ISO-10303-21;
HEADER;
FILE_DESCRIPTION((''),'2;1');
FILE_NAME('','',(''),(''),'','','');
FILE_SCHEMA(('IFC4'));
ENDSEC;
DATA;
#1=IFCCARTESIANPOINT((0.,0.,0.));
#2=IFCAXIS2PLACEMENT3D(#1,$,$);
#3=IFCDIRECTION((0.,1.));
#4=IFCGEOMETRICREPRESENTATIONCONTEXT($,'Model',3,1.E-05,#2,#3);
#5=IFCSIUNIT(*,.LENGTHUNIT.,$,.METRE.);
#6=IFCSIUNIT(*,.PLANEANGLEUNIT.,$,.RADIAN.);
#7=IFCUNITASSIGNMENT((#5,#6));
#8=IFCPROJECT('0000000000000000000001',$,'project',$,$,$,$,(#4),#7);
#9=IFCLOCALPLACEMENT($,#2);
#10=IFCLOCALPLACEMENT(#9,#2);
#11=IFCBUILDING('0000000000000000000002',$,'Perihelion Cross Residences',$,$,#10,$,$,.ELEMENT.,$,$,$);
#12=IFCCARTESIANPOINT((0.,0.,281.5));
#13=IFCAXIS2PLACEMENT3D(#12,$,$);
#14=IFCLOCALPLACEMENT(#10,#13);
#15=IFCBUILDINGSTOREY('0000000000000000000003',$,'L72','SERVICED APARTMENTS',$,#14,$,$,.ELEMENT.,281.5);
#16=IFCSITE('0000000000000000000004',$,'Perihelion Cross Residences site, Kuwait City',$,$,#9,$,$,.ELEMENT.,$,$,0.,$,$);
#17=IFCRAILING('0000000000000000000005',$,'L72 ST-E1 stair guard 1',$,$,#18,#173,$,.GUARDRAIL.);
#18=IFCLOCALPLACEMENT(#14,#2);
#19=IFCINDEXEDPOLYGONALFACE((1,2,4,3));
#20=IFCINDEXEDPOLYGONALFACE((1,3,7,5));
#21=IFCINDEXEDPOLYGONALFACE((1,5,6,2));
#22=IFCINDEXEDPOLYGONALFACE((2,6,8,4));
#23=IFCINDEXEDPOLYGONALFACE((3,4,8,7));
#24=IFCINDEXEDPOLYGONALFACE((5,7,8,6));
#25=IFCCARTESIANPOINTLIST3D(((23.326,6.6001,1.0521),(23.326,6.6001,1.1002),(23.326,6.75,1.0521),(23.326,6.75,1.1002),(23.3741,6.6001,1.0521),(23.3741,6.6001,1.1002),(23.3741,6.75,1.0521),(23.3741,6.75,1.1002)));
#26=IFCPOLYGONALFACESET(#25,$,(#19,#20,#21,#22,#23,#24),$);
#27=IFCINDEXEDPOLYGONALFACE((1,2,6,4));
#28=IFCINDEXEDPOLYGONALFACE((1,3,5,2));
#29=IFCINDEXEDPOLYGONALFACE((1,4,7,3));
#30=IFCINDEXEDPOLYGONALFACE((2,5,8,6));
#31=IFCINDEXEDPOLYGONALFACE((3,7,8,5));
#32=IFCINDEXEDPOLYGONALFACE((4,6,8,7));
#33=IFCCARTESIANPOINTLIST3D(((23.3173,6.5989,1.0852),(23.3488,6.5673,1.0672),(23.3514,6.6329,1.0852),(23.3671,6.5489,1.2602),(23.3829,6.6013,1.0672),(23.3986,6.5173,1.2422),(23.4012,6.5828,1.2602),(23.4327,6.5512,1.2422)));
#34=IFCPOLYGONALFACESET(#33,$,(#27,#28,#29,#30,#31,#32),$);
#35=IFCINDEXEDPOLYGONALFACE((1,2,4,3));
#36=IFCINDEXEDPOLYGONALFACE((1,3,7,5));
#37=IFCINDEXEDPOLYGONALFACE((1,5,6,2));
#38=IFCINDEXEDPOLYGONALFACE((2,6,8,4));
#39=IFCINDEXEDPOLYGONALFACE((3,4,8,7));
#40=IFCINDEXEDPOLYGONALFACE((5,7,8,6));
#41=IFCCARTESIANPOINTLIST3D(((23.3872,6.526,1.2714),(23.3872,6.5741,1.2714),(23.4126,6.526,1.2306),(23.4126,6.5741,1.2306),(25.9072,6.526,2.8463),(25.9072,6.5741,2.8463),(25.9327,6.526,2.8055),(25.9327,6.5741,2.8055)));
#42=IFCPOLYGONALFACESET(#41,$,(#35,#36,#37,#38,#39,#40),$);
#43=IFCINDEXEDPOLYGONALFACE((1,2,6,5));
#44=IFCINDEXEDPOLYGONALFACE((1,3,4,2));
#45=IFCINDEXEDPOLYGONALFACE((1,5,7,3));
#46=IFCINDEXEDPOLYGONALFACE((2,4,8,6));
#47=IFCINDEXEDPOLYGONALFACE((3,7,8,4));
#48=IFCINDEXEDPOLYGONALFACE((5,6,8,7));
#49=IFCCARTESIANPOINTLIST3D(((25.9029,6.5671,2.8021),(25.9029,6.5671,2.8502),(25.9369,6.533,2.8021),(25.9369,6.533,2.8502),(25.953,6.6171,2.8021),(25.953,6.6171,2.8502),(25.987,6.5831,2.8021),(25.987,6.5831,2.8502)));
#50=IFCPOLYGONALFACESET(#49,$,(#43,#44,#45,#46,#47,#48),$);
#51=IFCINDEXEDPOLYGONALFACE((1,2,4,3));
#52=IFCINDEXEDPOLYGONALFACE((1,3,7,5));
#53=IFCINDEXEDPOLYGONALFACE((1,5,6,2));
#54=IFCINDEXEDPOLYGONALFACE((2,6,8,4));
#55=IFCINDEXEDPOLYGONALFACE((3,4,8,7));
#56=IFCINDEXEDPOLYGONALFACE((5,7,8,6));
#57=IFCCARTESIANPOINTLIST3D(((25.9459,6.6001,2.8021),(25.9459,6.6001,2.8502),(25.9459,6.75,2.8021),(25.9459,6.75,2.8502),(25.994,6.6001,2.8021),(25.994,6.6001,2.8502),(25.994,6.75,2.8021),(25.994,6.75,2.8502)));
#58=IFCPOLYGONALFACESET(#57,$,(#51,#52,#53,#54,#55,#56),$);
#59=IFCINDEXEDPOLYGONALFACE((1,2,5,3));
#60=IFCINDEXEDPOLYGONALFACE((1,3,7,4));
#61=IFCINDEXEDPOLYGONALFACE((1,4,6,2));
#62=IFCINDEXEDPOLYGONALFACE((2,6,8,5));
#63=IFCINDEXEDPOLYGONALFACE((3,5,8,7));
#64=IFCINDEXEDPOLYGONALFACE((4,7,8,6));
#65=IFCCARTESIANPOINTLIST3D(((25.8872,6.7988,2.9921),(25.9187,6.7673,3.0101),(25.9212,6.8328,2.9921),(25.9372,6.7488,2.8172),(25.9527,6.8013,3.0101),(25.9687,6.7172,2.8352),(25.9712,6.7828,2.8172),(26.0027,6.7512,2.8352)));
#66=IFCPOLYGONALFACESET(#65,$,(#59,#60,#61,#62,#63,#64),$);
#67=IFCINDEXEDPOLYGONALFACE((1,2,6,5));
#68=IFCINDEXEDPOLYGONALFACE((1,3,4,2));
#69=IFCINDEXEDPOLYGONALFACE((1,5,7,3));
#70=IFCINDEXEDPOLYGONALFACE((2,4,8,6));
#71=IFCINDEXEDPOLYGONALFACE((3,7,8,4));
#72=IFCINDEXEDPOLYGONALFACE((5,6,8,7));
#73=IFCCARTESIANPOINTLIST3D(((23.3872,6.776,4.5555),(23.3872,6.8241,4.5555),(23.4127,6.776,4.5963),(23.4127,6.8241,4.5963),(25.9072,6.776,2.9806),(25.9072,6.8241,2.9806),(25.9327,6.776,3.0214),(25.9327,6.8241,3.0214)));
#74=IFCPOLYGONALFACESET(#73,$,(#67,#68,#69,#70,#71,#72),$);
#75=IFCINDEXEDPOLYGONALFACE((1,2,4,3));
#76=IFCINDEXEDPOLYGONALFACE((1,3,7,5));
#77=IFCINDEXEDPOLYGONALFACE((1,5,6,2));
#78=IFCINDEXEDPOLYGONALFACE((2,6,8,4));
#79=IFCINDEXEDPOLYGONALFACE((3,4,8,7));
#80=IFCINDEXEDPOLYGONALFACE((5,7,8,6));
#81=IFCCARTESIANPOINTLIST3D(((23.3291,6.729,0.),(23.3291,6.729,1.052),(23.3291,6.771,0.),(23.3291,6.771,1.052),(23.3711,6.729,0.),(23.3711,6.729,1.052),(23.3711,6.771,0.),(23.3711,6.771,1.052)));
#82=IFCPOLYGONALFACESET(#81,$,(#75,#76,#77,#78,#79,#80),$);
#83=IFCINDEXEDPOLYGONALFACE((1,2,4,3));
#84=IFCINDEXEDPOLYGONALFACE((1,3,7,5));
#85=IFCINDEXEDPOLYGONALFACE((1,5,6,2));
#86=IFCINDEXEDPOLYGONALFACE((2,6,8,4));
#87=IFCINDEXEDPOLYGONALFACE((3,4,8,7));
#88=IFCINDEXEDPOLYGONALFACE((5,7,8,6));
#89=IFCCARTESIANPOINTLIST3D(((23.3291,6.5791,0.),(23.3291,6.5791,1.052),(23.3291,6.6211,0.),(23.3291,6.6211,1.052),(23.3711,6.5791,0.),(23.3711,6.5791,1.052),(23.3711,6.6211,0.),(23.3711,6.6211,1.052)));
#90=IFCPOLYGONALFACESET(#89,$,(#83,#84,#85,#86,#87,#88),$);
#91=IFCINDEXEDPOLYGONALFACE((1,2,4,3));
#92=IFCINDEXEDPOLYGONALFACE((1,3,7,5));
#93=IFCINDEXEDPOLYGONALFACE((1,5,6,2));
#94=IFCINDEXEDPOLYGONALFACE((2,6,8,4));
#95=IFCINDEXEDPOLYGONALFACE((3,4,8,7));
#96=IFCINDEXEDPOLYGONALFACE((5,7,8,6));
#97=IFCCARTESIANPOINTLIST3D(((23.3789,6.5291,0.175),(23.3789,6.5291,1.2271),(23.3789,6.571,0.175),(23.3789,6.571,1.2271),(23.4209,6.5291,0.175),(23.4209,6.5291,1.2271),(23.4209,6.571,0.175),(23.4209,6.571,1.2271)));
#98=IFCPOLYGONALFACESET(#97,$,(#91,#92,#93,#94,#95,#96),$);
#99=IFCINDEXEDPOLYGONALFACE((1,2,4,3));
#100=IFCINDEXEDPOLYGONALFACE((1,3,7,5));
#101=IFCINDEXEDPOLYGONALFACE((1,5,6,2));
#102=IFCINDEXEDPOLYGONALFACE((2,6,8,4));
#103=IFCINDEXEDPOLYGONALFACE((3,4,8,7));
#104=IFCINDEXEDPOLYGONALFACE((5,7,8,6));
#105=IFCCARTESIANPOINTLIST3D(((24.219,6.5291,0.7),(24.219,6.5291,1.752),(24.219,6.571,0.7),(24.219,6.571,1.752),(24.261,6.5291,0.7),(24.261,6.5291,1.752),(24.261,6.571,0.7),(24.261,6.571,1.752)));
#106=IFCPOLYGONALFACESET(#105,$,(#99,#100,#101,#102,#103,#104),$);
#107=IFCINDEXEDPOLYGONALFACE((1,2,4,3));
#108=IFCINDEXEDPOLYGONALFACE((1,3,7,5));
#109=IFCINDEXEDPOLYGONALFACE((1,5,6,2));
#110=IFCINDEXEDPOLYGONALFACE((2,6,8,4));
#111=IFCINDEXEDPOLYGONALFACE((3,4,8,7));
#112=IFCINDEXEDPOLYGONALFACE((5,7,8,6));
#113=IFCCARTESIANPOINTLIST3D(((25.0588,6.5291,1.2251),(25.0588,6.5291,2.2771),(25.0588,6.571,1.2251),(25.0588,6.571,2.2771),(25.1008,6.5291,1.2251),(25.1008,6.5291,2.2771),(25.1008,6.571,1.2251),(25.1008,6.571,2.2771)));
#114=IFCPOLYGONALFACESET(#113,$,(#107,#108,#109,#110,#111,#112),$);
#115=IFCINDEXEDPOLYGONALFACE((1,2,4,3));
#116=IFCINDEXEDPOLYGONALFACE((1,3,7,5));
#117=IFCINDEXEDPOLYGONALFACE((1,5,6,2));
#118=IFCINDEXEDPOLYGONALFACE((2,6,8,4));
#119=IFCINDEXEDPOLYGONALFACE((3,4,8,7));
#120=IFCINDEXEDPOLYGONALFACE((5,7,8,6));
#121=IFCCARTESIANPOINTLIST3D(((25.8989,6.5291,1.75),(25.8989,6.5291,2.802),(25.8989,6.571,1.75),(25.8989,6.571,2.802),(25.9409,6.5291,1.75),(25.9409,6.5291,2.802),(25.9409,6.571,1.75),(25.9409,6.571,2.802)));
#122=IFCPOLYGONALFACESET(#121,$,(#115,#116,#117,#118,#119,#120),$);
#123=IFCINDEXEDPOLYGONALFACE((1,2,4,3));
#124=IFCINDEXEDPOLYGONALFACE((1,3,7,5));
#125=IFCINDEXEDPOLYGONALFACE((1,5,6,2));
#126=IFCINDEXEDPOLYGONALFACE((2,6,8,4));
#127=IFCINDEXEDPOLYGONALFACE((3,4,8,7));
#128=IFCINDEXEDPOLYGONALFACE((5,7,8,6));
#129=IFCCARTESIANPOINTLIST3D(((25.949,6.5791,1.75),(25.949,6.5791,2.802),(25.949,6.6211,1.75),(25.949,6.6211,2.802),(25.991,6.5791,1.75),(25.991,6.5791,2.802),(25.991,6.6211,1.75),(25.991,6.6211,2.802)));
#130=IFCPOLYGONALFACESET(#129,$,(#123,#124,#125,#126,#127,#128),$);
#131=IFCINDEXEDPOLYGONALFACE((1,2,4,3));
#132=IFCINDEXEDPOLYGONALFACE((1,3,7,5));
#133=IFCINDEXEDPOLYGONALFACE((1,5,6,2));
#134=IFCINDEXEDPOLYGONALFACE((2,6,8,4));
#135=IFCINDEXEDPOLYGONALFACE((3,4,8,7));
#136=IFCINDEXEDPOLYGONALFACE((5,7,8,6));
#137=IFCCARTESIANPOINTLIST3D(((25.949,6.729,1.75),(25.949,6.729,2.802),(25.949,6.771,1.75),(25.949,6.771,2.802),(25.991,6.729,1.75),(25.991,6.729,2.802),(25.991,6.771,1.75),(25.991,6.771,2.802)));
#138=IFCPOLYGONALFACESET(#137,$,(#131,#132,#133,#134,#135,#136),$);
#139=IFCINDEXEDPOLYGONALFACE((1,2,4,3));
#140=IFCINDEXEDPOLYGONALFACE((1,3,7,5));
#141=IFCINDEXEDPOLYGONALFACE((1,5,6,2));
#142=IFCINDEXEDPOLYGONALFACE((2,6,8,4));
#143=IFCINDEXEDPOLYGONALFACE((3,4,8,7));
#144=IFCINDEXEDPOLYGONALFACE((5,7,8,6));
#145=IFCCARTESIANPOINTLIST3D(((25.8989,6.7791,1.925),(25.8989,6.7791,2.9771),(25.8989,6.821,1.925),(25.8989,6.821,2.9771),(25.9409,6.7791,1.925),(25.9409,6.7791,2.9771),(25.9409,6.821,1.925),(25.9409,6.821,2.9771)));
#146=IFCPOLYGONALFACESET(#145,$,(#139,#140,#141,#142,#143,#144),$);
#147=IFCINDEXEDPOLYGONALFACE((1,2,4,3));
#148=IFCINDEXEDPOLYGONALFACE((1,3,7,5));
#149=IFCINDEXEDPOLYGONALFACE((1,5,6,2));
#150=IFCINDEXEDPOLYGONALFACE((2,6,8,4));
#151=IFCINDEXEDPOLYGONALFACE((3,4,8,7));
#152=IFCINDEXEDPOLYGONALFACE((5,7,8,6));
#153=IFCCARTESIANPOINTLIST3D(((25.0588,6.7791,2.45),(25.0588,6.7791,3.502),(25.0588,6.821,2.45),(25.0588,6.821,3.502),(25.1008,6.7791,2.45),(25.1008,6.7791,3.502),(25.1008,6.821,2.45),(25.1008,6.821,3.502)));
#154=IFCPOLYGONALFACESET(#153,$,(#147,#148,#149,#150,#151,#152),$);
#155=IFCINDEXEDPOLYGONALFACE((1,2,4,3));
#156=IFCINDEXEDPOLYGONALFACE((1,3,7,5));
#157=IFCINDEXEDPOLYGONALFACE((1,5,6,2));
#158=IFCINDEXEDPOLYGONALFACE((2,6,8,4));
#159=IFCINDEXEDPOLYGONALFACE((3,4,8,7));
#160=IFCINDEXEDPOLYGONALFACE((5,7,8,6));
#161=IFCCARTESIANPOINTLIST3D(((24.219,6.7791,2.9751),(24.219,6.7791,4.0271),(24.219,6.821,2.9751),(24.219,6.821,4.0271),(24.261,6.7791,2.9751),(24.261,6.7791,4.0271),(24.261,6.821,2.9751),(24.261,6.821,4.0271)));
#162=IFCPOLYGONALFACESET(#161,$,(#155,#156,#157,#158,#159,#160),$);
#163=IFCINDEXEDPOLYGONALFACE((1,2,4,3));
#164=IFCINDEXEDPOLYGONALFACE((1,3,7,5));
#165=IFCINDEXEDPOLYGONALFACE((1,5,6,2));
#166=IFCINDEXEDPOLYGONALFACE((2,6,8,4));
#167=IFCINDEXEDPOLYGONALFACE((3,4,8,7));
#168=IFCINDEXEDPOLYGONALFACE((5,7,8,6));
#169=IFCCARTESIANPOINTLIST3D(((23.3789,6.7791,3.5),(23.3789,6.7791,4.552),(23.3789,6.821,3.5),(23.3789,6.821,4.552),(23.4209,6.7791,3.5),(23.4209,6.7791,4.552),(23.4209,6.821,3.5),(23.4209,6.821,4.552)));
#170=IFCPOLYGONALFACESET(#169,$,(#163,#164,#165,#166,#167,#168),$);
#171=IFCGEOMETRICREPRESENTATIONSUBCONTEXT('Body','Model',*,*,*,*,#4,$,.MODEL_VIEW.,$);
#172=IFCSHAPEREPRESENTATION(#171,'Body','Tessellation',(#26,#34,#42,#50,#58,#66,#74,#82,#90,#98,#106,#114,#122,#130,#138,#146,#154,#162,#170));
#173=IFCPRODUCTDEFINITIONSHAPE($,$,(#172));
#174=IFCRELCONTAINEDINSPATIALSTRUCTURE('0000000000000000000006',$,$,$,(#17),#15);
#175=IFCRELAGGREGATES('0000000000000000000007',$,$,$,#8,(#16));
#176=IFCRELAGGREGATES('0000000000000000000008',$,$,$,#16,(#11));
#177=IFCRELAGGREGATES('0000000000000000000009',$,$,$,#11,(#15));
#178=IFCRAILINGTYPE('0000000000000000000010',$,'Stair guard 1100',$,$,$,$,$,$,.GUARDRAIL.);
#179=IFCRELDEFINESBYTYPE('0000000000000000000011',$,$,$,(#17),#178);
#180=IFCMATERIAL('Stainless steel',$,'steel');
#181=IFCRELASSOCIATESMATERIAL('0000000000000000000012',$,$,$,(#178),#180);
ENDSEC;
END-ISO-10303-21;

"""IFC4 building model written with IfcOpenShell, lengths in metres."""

from ifc_helpers import new_model, si_unit, direction, frame, origin, origin_2d, place, context, subcontext, project, spatial, rectangle, extrude, material, type_object, element, save


model = new_model("IFC4")

# Units and contexts
model_context = context("Model", 3, precision=1e-05, world=origin(), true_north=direction((0.0, 1.0)))
body_context = subcontext(model_context, "Body", "Model", "MODEL_VIEW")
ifc_project = project(units=[si_unit("LENGTHUNIT", "METRE"), si_unit("PLANEANGLEUNIT", "RADIAN")], contexts=[model_context])

# Site, building, storey
site_placement = place(None, origin())
site = spatial("IfcSite", under=ifc_project, at=site_placement, Name="Perihelion Cross Residences site, Kuwait City", CompositionType="ELEMENT", RefElevation=0.0)
building_placement = place(site_placement, origin())
building = spatial("IfcBuilding", under=site, at=building_placement, Name="Perihelion Cross Residences", CompositionType="ELEMENT")
storey_placement = place(building_placement, frame((0.0, 0.0, 281.5)))
storey = spatial("IfcBuildingStorey", under=building, at=storey_placement, Name="L72", Description="SERVICED APARTMENTS", CompositionType="ELEMENT", Elevation=281.5)

# Railing
ifc_material_1 = material(Name="Stainless steel", Category="steel")
railing_type_1 = type_object("IfcRailingType", Name="Stair guard 1100", PredefinedType="GUARDRAIL", material=ifc_material_1)
railing_1_placement = place(storey_placement, frame((23.3501, 6.75, 0.0)))
element("IfcRailing", 1, at=railing_1_placement, inside=storey, type_object=railing_type_1, Name="L72 ST-E1 stair guard 1", PredefinedType="GUARDRAIL", context=body_context, shape_type="SweptSolid", body=[
    extrude(rectangle(XDim=0.0481, YDim=0.0481, at=origin_2d()), frame((0.0, 0.0, 1.0762), z_axis=(0.0, -1.0, 0.0), x_axis=(1.0, 0.0, 0.0)), (0.0, 0.0, 1.0), 0.1499),
    extrude(rectangle(XDim=0.0481, YDim=0.0481, at=origin_2d()), frame((0.0, -0.1499, 1.0762), z_axis=(0.263862, -0.265156, 0.927399), x_axis=(0.708834, 0.705376, 0.0)), (0.0, 0.0, 1.0), 0.1887),
    extrude(rectangle(XDim=0.0481, YDim=0.0481, at=origin_2d()), frame((0.0498, -0.2, 1.251), z_axis=(0.848008, 0.0, 0.529984), x_axis=(0.0, 1.0, 0.0)), (0.0, 0.0, 1.0), 2.9717),
    extrude(rectangle(XDim=0.0481, YDim=0.0481, at=origin_2d()), frame((2.5698, -0.2, 2.8262), z_axis=(0.707107, 0.707107, 0.0), x_axis=(-0.707107, 0.707107, 0.0)), (0.0, 0.0, 1.0), 0.0708),
    extrude(rectangle(XDim=0.0481, YDim=0.0481, at=origin_2d()), frame((2.6199, -0.1499, 2.8262), z_axis=(0.0, 1.0, 0.0), x_axis=(-1.0, 0.0, 0.0)), (0.0, 0.0, 1.0), 0.1499),
    extrude(rectangle(XDim=0.0481, YDim=0.0481, at=origin_2d()), frame((2.6199, 0.0, 2.8262), z_axis=(-0.265065, 0.265065, 0.927082), x_axis=(-0.707107, -0.707107, 0.0)), (0.0, 0.0, 1.0), 0.1887),
    extrude(rectangle(XDim=0.0481, YDim=0.0481, at=origin_2d()), frame((2.5698, 0.05, 3.001), z_axis=(-0.848008, 0.0, 0.529984), x_axis=(0.0, -1.0, 0.0)), (0.0, 0.0, 1.0), 2.9717),
    extrude(rectangle(XDim=0.042, YDim=0.042, at=origin_2d()), origin(), (0.0, 0.0, 1.0), 1.052),
    extrude(rectangle(XDim=0.042, YDim=0.042, at=origin_2d()), frame((0.0, -0.1499, 0.0)), (0.0, 0.0, 1.0), 1.052),
    extrude(rectangle(XDim=0.042, YDim=0.042, at=origin_2d()), frame((0.0498, -0.2, 0.175)), (0.0, 0.0, 1.0), 1.052),
    extrude(rectangle(XDim=0.042, YDim=0.042, at=origin_2d()), frame((0.8899, -0.2, 0.7)), (0.0, 0.0, 1.0), 1.052),
    extrude(rectangle(XDim=0.042, YDim=0.042, at=origin_2d()), frame((1.7297, -0.2, 1.2251)), (0.0, 0.0, 1.0), 1.052),
    extrude(rectangle(XDim=0.042, YDim=0.042, at=origin_2d()), frame((2.5698, -0.2, 1.75)), (0.0, 0.0, 1.0), 1.052),
    extrude(rectangle(XDim=0.042, YDim=0.042, at=origin_2d()), frame((2.6199, -0.1499, 1.75)), (0.0, 0.0, 1.0), 1.052),
    extrude(rectangle(XDim=0.042, YDim=0.042, at=origin_2d()), frame((2.6199, 0.0, 1.75)), (0.0, 0.0, 1.0), 1.052),
    extrude(rectangle(XDim=0.042, YDim=0.042, at=origin_2d()), frame((2.5698, 0.05, 1.925)), (0.0, 0.0, 1.0), 1.052),
    extrude(rectangle(XDim=0.042, YDim=0.042, at=origin_2d()), frame((1.7297, 0.05, 2.45)), (0.0, 0.0, 1.0), 1.052),
    extrude(rectangle(XDim=0.042, YDim=0.042, at=origin_2d()), frame((0.8899, 0.05, 2.9751)), (0.0, 0.0, 1.0), 1.052),
    extrude(rectangle(XDim=0.042, YDim=0.042, at=origin_2d()), frame((0.0498, 0.05, 3.5)), (0.0, 0.0, 1.0), 1.052),
])

save(model, "model.ifc")
